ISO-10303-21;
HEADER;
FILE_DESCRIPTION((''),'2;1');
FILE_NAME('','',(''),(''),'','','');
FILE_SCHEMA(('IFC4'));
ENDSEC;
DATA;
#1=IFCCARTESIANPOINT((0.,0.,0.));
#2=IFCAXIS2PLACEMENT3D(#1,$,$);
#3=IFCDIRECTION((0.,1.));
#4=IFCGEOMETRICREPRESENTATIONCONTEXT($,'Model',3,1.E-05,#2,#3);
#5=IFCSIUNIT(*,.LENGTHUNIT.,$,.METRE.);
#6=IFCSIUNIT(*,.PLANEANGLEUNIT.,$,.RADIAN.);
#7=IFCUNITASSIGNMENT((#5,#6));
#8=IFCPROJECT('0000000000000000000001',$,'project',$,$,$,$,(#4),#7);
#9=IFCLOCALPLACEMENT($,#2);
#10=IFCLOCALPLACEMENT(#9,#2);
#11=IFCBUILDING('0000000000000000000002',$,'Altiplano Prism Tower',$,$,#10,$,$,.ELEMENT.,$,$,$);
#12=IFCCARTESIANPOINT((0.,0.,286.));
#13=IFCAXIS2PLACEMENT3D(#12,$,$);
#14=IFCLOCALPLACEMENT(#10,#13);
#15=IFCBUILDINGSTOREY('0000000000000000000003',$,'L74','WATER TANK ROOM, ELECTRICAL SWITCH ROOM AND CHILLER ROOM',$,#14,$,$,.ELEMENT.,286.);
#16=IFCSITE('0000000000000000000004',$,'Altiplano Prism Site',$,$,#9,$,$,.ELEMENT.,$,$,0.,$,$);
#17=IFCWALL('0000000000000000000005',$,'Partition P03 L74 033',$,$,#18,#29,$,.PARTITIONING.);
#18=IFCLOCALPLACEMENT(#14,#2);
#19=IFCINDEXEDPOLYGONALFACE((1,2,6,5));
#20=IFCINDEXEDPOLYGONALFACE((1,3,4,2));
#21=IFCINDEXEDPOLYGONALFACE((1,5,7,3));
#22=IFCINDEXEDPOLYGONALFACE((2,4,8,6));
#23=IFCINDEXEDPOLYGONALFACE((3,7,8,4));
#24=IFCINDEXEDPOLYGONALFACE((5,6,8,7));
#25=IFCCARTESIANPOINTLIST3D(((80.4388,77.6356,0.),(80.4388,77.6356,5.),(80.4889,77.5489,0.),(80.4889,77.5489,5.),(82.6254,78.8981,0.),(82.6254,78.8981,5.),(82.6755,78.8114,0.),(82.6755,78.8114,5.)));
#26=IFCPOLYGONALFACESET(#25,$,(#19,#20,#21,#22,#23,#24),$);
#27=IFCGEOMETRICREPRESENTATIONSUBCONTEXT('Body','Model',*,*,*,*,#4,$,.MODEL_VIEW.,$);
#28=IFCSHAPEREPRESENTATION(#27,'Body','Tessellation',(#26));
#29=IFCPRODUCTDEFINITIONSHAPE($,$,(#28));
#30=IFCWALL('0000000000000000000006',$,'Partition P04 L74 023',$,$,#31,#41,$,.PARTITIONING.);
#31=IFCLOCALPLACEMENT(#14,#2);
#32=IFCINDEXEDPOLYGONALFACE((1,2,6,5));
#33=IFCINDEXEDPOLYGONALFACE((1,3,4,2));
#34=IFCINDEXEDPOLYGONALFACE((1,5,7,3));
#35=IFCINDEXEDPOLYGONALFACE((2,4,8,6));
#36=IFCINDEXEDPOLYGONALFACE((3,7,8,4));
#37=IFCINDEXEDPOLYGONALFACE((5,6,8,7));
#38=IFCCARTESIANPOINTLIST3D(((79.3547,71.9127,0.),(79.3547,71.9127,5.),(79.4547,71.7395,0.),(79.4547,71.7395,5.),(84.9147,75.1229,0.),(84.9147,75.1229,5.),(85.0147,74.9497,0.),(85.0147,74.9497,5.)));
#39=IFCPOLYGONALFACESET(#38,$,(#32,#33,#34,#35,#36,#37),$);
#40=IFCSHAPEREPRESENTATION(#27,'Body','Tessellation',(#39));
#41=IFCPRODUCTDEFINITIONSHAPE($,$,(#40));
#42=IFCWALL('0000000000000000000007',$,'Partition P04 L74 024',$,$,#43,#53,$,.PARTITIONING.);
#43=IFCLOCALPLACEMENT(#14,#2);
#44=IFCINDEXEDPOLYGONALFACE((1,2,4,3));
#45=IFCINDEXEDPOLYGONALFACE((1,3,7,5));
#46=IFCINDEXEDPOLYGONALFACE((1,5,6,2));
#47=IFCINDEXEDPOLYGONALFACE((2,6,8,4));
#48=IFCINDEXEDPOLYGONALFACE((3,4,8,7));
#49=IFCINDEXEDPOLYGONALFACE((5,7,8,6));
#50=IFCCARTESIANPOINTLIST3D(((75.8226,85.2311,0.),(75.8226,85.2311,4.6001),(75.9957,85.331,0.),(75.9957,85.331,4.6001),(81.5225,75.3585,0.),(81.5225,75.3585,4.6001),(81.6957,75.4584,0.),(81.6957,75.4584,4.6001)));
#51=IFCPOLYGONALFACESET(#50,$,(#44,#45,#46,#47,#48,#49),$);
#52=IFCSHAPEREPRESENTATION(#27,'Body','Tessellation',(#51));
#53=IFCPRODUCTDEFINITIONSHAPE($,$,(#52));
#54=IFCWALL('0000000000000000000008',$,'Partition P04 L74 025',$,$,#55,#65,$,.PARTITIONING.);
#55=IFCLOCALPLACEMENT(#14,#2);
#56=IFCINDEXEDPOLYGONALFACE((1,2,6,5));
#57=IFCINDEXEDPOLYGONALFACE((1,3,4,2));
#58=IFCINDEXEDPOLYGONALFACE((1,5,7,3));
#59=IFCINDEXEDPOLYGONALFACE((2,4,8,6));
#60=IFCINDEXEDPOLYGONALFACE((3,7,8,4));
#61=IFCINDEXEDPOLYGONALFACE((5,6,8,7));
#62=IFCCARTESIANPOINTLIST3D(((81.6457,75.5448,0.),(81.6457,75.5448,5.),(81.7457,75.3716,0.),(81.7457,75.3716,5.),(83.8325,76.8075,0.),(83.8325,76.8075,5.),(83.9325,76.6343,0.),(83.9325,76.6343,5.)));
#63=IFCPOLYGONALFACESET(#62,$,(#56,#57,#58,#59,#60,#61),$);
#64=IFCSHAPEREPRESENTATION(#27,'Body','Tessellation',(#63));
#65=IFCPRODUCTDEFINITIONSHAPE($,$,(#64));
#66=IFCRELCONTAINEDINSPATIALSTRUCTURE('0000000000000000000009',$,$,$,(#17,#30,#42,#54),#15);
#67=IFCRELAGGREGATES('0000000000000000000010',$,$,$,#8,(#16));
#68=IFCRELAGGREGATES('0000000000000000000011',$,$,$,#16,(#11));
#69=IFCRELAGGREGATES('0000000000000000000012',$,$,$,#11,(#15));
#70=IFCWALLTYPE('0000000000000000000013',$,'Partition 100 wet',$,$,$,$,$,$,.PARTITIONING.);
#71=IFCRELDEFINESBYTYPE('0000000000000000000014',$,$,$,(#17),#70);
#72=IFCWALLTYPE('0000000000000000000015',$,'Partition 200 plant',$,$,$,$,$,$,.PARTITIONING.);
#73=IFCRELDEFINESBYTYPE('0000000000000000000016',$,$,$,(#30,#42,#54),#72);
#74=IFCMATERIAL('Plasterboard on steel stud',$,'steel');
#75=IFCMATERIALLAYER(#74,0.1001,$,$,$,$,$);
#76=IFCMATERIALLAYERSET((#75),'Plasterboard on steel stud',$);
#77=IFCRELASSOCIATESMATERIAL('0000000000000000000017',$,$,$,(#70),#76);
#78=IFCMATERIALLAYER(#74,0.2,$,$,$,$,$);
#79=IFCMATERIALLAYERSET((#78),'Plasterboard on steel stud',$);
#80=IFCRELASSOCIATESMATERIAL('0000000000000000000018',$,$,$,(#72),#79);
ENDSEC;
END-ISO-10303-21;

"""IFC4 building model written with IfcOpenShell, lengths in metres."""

from ifc_helpers import new_model, si_unit, direction, frame, frame_2d, origin, place, context, subcontext, project, spatial, rectangle, extrude, material, layer, layer_set, type_object, element, save


model = new_model("IFC4")

# Units and contexts
model_context = context("Model", 3, precision=1e-05, world=origin(), true_north=direction((0.0, 1.0)))
body_context = subcontext(model_context, "Body", "Model", "MODEL_VIEW")
ifc_project = project(units=[si_unit("LENGTHUNIT", "METRE"), si_unit("PLANEANGLEUNIT", "RADIAN")], contexts=[model_context])

# Site, building, storey
site_placement = place(None, origin())
site = spatial("IfcSite", under=ifc_project, at=site_placement, Name="Altiplano Prism Site", CompositionType="ELEMENT", RefElevation=0.0)
building_placement = place(site_placement, origin())
building = spatial("IfcBuilding", under=site, at=building_placement, Name="Altiplano Prism Tower", CompositionType="ELEMENT")
storey_placement = place(building_placement, frame((0.0, 0.0, 286.0)))
storey = spatial("IfcBuildingStorey", under=building, at=storey_placement, Name="L74", Description="WATER TANK ROOM, ELECTRICAL SWITCH ROOM AND CHILLER ROOM", CompositionType="ELEMENT", Elevation=286.0)

# Walls
ifc_material_1 = material(Name="Plasterboard on steel stud", Category="steel")
ifc_layer_1 = layer(ifc_material_1, 0.1001)
ifc_layer_set_1 = layer_set([ifc_layer_1], Name="Plasterboard on steel stud")
wall_type_1 = type_object("IfcWallType", Name="Partition 100 wet", PredefinedType="PARTITIONING", material=ifc_layer_set_1)
wall_1_placement = place(storey_placement, frame((80.4639, 77.5923, 0.0), z_axis=(0.0, 0.0, 1.0), x_axis=(0.866015, 0.500018, 0.0)))
element("IfcWall", 1, at=wall_1_placement, inside=storey, type_object=wall_type_1, Name="Partition P03 L74 033", PredefinedType="PARTITIONING", context=body_context, shape_type="SweptSolid", body=[
    extrude(rectangle(XDim=2.5249, YDim=0.1001, at=frame_2d((1.2625, 0.0))), origin(), (0.0, 0.0, 1.0), 5.0),
])
ifc_layer_2 = layer(ifc_material_1, 0.2)
ifc_layer_set_2 = layer_set([ifc_layer_2], Name="Plasterboard on steel stud")
wall_type_2 = type_object("IfcWallType", Name="Partition 200 plant", PredefinedType="PARTITIONING", material=ifc_layer_set_2)
wall_2_placement = place(storey_placement, frame((79.4048, 71.8262, 0.0), z_axis=(0.0, 0.0, 1.0), x_axis=(0.866018, 0.500012, 0.0)))
element("IfcWall", 2, at=wall_2_placement, inside=storey, type_object=wall_type_2, Name="Partition P04 L74 023", PredefinedType="PARTITIONING", context=body_context, shape_type="SweptSolid", body=[
    extrude(rectangle(XDim=6.4202, YDim=0.2, at=frame_2d((3.21, 0.0))), origin(), (0.0, 0.0, 1.0), 5.0),
])
wall_3_placement = place(storey_placement, frame((81.6091, 75.4084, 0.0), z_axis=(0.0, 0.0, 1.0), x_axis=(-0.500002, 0.866024, 0.0)))
element("IfcWall", 3, at=wall_3_placement, inside=storey, type_object=wall_type_2, Name="Partition P04 L74 024", PredefinedType="PARTITIONING", context=body_context, shape_type="SweptSolid", body=[
    extrude(rectangle(XDim=11.3999, YDim=0.2, at=frame_2d((5.7, 0.0))), origin(), (0.0, 0.0, 1.0), 4.6001),
])
wall_4_placement = place(storey_placement, frame((83.8826, 76.7209, 0.0), z_axis=(0.0, 0.0, 1.0), x_axis=(-0.865997, -0.500049, 0.0)))
element("IfcWall", 4, at=wall_4_placement, inside=storey, type_object=wall_type_2, Name="Partition P04 L74 025", PredefinedType="PARTITIONING", context=body_context, shape_type="SweptSolid", body=[
    extrude(rectangle(XDim=2.5251, YDim=0.2, at=frame_2d((1.2627, 0.0))), origin(), (0.0, 0.0, 1.0), 5.0),
])

save(model, "model.ifc")
